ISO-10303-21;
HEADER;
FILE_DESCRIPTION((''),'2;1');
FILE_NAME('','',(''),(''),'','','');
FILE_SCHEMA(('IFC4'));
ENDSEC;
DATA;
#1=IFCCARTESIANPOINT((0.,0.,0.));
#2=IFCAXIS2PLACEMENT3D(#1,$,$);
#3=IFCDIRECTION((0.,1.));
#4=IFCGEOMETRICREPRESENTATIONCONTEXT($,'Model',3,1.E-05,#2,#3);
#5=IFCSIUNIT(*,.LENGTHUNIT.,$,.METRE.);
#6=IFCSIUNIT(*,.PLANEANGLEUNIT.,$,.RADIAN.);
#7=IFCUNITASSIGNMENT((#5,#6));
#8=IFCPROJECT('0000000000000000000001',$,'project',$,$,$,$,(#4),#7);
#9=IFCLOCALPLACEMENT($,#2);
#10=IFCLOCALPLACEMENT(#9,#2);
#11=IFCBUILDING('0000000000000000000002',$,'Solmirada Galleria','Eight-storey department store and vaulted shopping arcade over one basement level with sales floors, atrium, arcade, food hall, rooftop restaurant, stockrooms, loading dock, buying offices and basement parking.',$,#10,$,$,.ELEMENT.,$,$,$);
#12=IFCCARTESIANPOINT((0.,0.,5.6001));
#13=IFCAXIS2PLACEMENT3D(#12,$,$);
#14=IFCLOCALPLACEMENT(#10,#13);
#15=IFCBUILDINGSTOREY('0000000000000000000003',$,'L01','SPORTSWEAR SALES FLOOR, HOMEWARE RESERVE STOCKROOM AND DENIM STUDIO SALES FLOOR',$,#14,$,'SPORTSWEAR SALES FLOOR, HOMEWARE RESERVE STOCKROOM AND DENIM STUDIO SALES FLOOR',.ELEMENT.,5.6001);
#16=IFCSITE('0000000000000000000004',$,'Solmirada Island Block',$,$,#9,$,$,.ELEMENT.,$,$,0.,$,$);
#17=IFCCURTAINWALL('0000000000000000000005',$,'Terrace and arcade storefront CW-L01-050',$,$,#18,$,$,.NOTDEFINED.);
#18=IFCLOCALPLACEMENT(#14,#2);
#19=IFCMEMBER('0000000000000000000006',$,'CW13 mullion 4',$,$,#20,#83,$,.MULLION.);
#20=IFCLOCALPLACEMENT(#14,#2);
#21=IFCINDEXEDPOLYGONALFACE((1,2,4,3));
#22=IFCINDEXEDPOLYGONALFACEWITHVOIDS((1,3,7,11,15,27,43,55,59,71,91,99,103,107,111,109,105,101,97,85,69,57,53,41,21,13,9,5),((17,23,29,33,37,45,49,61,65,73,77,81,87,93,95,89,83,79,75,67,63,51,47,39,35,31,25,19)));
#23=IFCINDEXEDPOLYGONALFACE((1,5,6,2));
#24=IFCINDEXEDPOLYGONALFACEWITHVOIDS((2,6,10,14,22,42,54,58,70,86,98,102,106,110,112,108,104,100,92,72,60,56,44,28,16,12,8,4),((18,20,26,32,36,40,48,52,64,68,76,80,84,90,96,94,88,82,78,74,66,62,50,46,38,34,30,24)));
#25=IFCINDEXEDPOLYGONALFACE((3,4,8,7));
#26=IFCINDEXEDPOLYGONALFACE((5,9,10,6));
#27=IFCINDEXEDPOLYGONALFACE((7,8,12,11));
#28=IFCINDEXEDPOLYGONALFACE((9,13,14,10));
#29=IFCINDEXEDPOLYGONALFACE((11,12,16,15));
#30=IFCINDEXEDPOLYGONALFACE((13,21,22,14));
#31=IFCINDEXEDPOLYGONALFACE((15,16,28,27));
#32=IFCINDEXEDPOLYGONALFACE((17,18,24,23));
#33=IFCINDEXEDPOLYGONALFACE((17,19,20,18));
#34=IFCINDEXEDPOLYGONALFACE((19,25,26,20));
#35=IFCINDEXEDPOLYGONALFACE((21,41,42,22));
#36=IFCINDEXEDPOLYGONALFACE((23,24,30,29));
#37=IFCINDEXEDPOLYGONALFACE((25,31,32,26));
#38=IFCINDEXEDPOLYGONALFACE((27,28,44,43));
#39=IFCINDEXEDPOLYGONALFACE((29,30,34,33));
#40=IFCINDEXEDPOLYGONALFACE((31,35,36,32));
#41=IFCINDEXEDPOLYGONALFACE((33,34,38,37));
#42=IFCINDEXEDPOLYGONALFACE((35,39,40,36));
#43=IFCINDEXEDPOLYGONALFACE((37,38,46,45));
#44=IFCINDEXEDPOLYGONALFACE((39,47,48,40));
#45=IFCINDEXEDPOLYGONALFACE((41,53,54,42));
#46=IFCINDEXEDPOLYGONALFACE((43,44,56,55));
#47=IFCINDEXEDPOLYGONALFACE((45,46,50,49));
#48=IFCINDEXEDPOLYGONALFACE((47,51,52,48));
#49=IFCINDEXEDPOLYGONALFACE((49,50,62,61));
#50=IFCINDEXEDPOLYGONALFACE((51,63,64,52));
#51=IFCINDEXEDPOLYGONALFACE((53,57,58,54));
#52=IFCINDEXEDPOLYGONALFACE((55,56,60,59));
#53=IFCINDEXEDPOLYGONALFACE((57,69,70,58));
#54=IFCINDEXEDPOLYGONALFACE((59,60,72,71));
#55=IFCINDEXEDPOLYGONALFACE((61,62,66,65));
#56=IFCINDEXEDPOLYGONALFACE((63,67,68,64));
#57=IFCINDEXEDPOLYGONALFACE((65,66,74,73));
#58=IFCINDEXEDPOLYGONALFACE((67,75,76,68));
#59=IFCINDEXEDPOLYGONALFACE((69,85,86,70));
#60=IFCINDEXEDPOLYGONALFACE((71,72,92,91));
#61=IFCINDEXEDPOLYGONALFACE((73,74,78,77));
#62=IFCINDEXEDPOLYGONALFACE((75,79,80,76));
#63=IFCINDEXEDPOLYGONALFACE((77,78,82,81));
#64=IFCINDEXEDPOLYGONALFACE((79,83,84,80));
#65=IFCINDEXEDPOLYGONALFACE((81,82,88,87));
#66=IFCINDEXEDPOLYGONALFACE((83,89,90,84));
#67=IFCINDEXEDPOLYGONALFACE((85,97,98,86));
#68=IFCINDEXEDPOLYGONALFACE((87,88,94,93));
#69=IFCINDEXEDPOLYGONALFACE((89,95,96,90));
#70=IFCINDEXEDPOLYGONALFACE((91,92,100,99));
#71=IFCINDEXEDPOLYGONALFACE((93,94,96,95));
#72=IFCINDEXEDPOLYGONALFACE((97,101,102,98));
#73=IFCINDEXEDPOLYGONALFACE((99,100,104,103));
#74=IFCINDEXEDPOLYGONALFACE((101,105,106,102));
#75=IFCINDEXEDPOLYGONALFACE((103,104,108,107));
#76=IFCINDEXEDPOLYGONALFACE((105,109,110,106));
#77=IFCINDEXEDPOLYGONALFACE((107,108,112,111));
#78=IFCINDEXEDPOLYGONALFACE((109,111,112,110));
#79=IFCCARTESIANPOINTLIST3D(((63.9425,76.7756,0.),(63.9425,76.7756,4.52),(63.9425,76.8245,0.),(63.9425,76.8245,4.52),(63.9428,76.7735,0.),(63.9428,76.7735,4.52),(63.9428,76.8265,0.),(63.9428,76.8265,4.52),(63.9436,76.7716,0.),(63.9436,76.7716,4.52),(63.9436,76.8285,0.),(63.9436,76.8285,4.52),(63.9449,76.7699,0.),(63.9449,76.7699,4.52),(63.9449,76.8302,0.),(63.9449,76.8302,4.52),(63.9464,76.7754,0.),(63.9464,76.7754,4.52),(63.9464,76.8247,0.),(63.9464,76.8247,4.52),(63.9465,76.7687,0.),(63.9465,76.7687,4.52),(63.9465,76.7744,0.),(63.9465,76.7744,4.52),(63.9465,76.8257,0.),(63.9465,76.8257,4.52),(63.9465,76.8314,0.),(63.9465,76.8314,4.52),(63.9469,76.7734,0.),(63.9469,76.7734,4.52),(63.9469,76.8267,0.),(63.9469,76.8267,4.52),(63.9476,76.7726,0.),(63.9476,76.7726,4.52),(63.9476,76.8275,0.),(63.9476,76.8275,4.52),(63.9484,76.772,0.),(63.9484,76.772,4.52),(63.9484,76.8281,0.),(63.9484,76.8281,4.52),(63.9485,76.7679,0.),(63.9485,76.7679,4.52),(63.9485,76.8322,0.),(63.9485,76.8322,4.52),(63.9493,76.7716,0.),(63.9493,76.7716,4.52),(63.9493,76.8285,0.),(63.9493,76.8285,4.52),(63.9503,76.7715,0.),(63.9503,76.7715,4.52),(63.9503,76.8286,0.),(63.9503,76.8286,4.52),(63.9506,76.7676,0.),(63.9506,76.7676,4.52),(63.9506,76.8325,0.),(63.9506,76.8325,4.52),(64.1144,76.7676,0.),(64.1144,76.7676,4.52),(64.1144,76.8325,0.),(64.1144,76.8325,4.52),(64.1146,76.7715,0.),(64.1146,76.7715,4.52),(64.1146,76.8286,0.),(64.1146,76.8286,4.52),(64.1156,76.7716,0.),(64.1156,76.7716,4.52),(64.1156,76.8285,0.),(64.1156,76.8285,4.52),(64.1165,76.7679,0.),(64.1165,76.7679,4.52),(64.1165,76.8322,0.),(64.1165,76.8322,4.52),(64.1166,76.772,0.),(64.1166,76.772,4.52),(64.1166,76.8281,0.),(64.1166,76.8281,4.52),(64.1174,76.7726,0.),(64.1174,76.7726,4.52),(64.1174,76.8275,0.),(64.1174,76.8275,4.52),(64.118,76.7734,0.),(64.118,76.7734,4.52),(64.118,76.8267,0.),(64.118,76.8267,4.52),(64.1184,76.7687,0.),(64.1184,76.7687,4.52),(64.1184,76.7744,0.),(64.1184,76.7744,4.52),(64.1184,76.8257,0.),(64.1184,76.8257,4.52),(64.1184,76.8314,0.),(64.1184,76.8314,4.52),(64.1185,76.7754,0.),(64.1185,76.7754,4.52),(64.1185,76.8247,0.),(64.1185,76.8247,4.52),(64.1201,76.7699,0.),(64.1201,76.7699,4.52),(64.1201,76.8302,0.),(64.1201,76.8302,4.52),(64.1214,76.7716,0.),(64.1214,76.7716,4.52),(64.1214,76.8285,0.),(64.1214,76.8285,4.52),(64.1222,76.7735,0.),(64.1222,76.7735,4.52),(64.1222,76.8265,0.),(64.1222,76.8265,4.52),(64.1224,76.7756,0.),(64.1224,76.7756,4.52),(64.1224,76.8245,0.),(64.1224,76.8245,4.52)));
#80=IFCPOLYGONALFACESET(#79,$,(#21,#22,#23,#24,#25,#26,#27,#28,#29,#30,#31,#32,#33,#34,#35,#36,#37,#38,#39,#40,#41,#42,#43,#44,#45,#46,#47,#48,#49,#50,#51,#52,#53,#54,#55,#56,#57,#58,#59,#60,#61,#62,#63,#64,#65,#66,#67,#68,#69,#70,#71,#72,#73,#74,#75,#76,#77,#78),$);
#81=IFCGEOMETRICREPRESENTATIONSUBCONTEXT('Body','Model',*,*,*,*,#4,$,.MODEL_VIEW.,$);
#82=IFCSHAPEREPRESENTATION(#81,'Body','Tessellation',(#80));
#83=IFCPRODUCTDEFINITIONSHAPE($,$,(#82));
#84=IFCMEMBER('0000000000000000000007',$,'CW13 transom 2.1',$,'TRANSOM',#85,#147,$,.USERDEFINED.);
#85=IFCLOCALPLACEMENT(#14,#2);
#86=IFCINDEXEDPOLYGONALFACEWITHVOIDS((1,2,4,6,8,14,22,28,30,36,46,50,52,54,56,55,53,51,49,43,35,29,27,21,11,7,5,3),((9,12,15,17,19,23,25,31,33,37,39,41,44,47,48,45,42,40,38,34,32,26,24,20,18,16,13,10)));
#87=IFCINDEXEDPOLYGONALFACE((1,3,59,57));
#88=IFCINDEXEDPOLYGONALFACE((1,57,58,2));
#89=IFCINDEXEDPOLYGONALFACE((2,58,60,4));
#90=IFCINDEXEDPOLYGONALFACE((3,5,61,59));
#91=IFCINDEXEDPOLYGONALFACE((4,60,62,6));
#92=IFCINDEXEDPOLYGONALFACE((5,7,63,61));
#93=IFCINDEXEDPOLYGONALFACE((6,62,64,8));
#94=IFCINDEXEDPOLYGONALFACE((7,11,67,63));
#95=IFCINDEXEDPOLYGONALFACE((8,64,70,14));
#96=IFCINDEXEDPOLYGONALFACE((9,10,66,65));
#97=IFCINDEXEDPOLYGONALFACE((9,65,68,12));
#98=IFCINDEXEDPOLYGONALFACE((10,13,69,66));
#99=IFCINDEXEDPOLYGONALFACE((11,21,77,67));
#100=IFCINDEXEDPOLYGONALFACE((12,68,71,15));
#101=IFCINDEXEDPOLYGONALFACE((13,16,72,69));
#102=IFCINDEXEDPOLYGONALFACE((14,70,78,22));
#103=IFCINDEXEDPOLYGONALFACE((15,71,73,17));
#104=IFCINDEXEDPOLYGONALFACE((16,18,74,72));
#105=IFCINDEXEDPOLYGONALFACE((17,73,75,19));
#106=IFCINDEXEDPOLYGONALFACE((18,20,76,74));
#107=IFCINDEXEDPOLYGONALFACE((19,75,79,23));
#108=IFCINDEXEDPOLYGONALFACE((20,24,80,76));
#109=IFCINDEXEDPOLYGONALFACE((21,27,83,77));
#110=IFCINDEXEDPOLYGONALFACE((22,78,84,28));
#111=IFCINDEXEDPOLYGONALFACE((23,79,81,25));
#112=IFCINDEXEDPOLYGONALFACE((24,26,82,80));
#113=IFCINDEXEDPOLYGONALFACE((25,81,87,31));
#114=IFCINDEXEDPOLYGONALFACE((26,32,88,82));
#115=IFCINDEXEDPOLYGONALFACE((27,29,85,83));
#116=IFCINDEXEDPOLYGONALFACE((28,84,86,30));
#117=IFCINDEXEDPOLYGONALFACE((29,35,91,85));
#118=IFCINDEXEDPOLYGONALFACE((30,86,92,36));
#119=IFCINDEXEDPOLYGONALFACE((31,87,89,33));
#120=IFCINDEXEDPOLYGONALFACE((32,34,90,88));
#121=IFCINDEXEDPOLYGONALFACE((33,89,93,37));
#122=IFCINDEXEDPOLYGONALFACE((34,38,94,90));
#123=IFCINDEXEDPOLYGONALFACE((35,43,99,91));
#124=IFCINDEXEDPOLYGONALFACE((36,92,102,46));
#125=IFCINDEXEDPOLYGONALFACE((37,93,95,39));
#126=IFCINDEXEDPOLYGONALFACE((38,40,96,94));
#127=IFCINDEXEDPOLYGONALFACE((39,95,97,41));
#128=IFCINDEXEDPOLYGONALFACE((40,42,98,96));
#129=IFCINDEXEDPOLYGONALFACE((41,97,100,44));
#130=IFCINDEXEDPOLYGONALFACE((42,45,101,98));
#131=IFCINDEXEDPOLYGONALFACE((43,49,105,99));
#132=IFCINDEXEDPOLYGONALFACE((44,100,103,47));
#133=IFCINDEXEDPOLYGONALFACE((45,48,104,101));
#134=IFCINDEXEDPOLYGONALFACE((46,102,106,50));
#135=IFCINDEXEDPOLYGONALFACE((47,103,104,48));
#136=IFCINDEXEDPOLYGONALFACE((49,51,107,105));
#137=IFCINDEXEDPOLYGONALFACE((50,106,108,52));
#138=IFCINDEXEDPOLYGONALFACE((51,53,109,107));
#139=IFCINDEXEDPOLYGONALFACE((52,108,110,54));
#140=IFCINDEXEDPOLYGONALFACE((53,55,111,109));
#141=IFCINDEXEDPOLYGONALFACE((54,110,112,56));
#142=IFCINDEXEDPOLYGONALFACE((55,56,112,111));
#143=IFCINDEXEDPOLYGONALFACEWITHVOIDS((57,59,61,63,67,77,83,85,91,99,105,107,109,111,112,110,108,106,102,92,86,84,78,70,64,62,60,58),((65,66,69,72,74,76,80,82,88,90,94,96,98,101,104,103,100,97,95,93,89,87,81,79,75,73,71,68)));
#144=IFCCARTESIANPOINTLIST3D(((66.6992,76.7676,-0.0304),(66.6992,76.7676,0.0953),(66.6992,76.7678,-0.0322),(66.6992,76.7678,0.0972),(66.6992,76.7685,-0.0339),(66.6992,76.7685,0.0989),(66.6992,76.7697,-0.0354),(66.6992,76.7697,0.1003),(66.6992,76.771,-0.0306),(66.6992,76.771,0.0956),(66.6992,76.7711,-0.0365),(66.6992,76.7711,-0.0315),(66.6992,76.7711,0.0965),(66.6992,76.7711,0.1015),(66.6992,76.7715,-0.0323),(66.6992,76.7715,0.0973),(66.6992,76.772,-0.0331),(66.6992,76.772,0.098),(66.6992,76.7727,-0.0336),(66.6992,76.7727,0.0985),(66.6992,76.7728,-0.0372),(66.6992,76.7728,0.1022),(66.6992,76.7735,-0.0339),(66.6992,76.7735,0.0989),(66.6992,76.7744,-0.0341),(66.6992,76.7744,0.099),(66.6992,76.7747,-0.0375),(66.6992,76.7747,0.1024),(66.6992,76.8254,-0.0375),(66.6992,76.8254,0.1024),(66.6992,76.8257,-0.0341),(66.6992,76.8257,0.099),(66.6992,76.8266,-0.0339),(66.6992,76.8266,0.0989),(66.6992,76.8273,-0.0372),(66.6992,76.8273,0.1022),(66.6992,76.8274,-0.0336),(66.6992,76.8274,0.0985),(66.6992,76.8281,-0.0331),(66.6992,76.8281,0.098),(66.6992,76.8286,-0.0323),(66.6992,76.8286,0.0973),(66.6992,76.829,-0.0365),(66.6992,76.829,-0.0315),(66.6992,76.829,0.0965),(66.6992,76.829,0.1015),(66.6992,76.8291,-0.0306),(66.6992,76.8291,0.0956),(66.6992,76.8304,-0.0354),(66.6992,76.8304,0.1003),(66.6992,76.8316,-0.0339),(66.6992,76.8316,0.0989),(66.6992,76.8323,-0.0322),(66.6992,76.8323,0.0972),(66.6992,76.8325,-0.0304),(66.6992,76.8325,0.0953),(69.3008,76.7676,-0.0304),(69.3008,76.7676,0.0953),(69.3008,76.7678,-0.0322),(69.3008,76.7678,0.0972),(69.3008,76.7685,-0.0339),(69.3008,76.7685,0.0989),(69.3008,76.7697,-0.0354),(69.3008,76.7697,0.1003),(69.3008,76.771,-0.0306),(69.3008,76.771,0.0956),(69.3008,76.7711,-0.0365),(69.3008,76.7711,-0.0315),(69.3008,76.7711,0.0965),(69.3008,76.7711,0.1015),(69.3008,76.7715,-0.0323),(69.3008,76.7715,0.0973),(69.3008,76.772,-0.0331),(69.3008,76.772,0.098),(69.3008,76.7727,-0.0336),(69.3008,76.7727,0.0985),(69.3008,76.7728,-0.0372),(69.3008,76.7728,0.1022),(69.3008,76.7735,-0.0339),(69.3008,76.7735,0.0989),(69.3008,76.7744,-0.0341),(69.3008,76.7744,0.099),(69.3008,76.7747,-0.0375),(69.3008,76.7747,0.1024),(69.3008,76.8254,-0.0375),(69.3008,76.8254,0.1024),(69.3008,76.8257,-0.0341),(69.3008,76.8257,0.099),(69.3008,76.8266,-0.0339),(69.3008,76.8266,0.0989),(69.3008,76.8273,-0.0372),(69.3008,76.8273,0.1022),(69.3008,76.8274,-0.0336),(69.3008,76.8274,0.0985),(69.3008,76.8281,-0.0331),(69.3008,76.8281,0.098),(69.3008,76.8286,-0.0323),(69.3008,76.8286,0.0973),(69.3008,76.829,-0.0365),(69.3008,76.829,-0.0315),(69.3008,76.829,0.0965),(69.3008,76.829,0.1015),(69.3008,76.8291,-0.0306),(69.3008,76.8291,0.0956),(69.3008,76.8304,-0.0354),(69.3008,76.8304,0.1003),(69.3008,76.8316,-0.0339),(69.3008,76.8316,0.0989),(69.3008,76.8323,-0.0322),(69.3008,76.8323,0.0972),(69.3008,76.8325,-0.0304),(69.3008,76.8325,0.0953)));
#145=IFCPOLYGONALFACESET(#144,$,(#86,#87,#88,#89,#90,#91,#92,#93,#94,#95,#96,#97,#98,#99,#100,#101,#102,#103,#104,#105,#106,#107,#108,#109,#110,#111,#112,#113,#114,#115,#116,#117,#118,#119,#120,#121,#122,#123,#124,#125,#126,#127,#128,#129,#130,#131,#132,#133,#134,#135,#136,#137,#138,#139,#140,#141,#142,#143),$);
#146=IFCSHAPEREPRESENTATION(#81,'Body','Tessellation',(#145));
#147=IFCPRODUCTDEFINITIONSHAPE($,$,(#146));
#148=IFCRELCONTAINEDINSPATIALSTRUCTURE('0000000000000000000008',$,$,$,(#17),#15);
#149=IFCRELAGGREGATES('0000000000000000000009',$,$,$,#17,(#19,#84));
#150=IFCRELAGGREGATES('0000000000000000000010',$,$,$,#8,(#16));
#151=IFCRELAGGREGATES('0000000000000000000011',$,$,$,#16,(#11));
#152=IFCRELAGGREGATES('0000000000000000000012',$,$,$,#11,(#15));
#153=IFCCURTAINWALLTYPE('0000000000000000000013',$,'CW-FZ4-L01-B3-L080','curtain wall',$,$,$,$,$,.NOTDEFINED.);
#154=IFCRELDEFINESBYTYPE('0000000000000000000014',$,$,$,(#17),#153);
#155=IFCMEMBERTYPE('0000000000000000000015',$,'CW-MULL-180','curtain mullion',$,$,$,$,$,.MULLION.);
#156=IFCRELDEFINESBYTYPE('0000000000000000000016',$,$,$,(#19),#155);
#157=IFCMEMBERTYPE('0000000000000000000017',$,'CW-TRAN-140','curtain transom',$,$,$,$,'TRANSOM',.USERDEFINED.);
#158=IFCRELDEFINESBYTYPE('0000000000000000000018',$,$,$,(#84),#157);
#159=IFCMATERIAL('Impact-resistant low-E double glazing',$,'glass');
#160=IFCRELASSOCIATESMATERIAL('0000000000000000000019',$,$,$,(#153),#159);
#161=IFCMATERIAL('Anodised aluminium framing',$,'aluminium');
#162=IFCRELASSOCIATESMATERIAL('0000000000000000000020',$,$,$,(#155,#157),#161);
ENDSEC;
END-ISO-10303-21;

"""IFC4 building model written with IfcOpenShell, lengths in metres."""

from ifc_helpers import new_model, si_unit, direction, frame, origin, origin_2d, place, context, subcontext, project, spatial, hollow_rectangle, extrude, material, material_profile, profile_set, type_object, element, aggregate, save


model = new_model("IFC4")

# Units and contexts
model_context = context("Model", 3, precision=1e-05, world=origin(), true_north=direction((0.0, 1.0)))
body_context = subcontext(model_context, "Body", "Model", "MODEL_VIEW")
ifc_project = project(units=[si_unit("LENGTHUNIT", "METRE"), si_unit("PLANEANGLEUNIT", "RADIAN")], contexts=[model_context])

# Site, building, storey
site_placement = place(None, origin())
site = spatial("IfcSite", under=ifc_project, at=site_placement, Name="Solmirada Island Block", CompositionType="ELEMENT", RefElevation=0.0)
building_placement = place(site_placement, origin())
building = spatial("IfcBuilding", under=site, at=building_placement, Name="Solmirada Galleria", Description="Eight-storey department store and vaulted shopping arcade over one basement level with sales floors, atrium, arcade, food hall, rooftop restaurant, stockrooms, loading dock, buying offices and basement parking.", CompositionType="ELEMENT")
storey_placement = place(building_placement, frame((0.0, 0.0, 5.6001)))
storey = spatial("IfcBuildingStorey", under=building, at=storey_placement, Name="L01", Description="SPORTSWEAR SALES FLOOR, HOMEWARE RESERVE STOCKROOM AND DENIM STUDIO SALES FLOOR", LongName="SPORTSWEAR SALES FLOOR, HOMEWARE RESERVE STOCKROOM AND DENIM STUDIO SALES FLOOR", CompositionType="ELEMENT", Elevation=5.6001)

# Curtain wall, members
ifc_material_1 = material(Name="Impact-resistant low-E double glazing", Category="glass")
curtain_wall_type = type_object("IfcCurtainWallType", Name="CW-FZ4-L01-B3-L080", Description="curtain wall", PredefinedType="NOTDEFINED", material=ifc_material_1)
curtain_wall_placement = place(storey_placement, origin())
curtain_wall = element("IfcCurtainWall", 1, at=curtain_wall_placement, inside=storey, type_object=curtain_wall_type, Name="Terrace and arcade storefront CW-L01-050", PredefinedType="NOTDEFINED")
ifc_material_2 = material(Name="Anodised aluminium framing", Category="aluminium")
ifc_material_profile_1 = material_profile(ifc_material_2, hollow_rectangle(XDim=0.0649, YDim=0.1799, WallThickness=0.0039, InnerFilletRadius=0.0039, OuterFilletRadius=0.0081, at=origin_2d()), Name="ALU-MULL-180X65")
ifc_profile_set_1 = profile_set([ifc_material_profile_1], Name="Anodised aluminium framing")
member_type_1 = type_object("IfcMemberType", Name="CW-MULL-180", Description="curtain mullion", PredefinedType="MULLION", material=ifc_profile_set_1)
member_1_placement = place(storey_placement, frame((64.0325, 76.8, 0.0), z_axis=(0.0, 0.0, 1.0), x_axis=(0.0, -1.0, 0.0)))
member_1 = element("IfcMember", 2, at=member_1_placement, type_object=member_type_1, Name="CW13 mullion 4", PredefinedType="MULLION", context=body_context, shape_type="SweptSolid", body=[
    extrude(hollow_rectangle(XDim=0.0649, YDim=0.1799, WallThickness=0.0039, InnerFilletRadius=0.0039, OuterFilletRadius=0.0081, at=origin_2d()), origin(), (0.0, 0.0, 1.0), 4.52),
])
ifc_material_profile_2 = material_profile(ifc_material_2, hollow_rectangle(XDim=0.0649, YDim=0.1399, WallThickness=0.0034, InnerFilletRadius=0.0034, OuterFilletRadius=0.0071, at=origin_2d()), Name="ALU-TRAN-140X65")
ifc_profile_set_2 = profile_set([ifc_material_profile_2], Name="Anodised aluminium framing")
member_type_2 = type_object("IfcMemberType", Name="CW-TRAN-140", Description="curtain transom", ElementType="TRANSOM", PredefinedType="USERDEFINED", material=ifc_profile_set_2)
member_2_placement = place(storey_placement, frame((69.3008, 76.8, 0.0325), z_axis=(-1.0, 0.0, 0.0), x_axis=(0.0, -1.0, 0.0)))
member_2 = element("IfcMember", 3, at=member_2_placement, type_object=member_type_2, Name="CW13 transom 2.1", ObjectType="TRANSOM", PredefinedType="USERDEFINED", context=body_context, shape_type="SweptSolid", body=[
    extrude(hollow_rectangle(XDim=0.0649, YDim=0.1399, WallThickness=0.0034, InnerFilletRadius=0.0034, OuterFilletRadius=0.0071, at=origin_2d()), origin(), (0.0, 0.0, 1.0), 2.6016),
])
aggregate(curtain_wall, [member_1, member_2])

save(model, "model.ifc")
